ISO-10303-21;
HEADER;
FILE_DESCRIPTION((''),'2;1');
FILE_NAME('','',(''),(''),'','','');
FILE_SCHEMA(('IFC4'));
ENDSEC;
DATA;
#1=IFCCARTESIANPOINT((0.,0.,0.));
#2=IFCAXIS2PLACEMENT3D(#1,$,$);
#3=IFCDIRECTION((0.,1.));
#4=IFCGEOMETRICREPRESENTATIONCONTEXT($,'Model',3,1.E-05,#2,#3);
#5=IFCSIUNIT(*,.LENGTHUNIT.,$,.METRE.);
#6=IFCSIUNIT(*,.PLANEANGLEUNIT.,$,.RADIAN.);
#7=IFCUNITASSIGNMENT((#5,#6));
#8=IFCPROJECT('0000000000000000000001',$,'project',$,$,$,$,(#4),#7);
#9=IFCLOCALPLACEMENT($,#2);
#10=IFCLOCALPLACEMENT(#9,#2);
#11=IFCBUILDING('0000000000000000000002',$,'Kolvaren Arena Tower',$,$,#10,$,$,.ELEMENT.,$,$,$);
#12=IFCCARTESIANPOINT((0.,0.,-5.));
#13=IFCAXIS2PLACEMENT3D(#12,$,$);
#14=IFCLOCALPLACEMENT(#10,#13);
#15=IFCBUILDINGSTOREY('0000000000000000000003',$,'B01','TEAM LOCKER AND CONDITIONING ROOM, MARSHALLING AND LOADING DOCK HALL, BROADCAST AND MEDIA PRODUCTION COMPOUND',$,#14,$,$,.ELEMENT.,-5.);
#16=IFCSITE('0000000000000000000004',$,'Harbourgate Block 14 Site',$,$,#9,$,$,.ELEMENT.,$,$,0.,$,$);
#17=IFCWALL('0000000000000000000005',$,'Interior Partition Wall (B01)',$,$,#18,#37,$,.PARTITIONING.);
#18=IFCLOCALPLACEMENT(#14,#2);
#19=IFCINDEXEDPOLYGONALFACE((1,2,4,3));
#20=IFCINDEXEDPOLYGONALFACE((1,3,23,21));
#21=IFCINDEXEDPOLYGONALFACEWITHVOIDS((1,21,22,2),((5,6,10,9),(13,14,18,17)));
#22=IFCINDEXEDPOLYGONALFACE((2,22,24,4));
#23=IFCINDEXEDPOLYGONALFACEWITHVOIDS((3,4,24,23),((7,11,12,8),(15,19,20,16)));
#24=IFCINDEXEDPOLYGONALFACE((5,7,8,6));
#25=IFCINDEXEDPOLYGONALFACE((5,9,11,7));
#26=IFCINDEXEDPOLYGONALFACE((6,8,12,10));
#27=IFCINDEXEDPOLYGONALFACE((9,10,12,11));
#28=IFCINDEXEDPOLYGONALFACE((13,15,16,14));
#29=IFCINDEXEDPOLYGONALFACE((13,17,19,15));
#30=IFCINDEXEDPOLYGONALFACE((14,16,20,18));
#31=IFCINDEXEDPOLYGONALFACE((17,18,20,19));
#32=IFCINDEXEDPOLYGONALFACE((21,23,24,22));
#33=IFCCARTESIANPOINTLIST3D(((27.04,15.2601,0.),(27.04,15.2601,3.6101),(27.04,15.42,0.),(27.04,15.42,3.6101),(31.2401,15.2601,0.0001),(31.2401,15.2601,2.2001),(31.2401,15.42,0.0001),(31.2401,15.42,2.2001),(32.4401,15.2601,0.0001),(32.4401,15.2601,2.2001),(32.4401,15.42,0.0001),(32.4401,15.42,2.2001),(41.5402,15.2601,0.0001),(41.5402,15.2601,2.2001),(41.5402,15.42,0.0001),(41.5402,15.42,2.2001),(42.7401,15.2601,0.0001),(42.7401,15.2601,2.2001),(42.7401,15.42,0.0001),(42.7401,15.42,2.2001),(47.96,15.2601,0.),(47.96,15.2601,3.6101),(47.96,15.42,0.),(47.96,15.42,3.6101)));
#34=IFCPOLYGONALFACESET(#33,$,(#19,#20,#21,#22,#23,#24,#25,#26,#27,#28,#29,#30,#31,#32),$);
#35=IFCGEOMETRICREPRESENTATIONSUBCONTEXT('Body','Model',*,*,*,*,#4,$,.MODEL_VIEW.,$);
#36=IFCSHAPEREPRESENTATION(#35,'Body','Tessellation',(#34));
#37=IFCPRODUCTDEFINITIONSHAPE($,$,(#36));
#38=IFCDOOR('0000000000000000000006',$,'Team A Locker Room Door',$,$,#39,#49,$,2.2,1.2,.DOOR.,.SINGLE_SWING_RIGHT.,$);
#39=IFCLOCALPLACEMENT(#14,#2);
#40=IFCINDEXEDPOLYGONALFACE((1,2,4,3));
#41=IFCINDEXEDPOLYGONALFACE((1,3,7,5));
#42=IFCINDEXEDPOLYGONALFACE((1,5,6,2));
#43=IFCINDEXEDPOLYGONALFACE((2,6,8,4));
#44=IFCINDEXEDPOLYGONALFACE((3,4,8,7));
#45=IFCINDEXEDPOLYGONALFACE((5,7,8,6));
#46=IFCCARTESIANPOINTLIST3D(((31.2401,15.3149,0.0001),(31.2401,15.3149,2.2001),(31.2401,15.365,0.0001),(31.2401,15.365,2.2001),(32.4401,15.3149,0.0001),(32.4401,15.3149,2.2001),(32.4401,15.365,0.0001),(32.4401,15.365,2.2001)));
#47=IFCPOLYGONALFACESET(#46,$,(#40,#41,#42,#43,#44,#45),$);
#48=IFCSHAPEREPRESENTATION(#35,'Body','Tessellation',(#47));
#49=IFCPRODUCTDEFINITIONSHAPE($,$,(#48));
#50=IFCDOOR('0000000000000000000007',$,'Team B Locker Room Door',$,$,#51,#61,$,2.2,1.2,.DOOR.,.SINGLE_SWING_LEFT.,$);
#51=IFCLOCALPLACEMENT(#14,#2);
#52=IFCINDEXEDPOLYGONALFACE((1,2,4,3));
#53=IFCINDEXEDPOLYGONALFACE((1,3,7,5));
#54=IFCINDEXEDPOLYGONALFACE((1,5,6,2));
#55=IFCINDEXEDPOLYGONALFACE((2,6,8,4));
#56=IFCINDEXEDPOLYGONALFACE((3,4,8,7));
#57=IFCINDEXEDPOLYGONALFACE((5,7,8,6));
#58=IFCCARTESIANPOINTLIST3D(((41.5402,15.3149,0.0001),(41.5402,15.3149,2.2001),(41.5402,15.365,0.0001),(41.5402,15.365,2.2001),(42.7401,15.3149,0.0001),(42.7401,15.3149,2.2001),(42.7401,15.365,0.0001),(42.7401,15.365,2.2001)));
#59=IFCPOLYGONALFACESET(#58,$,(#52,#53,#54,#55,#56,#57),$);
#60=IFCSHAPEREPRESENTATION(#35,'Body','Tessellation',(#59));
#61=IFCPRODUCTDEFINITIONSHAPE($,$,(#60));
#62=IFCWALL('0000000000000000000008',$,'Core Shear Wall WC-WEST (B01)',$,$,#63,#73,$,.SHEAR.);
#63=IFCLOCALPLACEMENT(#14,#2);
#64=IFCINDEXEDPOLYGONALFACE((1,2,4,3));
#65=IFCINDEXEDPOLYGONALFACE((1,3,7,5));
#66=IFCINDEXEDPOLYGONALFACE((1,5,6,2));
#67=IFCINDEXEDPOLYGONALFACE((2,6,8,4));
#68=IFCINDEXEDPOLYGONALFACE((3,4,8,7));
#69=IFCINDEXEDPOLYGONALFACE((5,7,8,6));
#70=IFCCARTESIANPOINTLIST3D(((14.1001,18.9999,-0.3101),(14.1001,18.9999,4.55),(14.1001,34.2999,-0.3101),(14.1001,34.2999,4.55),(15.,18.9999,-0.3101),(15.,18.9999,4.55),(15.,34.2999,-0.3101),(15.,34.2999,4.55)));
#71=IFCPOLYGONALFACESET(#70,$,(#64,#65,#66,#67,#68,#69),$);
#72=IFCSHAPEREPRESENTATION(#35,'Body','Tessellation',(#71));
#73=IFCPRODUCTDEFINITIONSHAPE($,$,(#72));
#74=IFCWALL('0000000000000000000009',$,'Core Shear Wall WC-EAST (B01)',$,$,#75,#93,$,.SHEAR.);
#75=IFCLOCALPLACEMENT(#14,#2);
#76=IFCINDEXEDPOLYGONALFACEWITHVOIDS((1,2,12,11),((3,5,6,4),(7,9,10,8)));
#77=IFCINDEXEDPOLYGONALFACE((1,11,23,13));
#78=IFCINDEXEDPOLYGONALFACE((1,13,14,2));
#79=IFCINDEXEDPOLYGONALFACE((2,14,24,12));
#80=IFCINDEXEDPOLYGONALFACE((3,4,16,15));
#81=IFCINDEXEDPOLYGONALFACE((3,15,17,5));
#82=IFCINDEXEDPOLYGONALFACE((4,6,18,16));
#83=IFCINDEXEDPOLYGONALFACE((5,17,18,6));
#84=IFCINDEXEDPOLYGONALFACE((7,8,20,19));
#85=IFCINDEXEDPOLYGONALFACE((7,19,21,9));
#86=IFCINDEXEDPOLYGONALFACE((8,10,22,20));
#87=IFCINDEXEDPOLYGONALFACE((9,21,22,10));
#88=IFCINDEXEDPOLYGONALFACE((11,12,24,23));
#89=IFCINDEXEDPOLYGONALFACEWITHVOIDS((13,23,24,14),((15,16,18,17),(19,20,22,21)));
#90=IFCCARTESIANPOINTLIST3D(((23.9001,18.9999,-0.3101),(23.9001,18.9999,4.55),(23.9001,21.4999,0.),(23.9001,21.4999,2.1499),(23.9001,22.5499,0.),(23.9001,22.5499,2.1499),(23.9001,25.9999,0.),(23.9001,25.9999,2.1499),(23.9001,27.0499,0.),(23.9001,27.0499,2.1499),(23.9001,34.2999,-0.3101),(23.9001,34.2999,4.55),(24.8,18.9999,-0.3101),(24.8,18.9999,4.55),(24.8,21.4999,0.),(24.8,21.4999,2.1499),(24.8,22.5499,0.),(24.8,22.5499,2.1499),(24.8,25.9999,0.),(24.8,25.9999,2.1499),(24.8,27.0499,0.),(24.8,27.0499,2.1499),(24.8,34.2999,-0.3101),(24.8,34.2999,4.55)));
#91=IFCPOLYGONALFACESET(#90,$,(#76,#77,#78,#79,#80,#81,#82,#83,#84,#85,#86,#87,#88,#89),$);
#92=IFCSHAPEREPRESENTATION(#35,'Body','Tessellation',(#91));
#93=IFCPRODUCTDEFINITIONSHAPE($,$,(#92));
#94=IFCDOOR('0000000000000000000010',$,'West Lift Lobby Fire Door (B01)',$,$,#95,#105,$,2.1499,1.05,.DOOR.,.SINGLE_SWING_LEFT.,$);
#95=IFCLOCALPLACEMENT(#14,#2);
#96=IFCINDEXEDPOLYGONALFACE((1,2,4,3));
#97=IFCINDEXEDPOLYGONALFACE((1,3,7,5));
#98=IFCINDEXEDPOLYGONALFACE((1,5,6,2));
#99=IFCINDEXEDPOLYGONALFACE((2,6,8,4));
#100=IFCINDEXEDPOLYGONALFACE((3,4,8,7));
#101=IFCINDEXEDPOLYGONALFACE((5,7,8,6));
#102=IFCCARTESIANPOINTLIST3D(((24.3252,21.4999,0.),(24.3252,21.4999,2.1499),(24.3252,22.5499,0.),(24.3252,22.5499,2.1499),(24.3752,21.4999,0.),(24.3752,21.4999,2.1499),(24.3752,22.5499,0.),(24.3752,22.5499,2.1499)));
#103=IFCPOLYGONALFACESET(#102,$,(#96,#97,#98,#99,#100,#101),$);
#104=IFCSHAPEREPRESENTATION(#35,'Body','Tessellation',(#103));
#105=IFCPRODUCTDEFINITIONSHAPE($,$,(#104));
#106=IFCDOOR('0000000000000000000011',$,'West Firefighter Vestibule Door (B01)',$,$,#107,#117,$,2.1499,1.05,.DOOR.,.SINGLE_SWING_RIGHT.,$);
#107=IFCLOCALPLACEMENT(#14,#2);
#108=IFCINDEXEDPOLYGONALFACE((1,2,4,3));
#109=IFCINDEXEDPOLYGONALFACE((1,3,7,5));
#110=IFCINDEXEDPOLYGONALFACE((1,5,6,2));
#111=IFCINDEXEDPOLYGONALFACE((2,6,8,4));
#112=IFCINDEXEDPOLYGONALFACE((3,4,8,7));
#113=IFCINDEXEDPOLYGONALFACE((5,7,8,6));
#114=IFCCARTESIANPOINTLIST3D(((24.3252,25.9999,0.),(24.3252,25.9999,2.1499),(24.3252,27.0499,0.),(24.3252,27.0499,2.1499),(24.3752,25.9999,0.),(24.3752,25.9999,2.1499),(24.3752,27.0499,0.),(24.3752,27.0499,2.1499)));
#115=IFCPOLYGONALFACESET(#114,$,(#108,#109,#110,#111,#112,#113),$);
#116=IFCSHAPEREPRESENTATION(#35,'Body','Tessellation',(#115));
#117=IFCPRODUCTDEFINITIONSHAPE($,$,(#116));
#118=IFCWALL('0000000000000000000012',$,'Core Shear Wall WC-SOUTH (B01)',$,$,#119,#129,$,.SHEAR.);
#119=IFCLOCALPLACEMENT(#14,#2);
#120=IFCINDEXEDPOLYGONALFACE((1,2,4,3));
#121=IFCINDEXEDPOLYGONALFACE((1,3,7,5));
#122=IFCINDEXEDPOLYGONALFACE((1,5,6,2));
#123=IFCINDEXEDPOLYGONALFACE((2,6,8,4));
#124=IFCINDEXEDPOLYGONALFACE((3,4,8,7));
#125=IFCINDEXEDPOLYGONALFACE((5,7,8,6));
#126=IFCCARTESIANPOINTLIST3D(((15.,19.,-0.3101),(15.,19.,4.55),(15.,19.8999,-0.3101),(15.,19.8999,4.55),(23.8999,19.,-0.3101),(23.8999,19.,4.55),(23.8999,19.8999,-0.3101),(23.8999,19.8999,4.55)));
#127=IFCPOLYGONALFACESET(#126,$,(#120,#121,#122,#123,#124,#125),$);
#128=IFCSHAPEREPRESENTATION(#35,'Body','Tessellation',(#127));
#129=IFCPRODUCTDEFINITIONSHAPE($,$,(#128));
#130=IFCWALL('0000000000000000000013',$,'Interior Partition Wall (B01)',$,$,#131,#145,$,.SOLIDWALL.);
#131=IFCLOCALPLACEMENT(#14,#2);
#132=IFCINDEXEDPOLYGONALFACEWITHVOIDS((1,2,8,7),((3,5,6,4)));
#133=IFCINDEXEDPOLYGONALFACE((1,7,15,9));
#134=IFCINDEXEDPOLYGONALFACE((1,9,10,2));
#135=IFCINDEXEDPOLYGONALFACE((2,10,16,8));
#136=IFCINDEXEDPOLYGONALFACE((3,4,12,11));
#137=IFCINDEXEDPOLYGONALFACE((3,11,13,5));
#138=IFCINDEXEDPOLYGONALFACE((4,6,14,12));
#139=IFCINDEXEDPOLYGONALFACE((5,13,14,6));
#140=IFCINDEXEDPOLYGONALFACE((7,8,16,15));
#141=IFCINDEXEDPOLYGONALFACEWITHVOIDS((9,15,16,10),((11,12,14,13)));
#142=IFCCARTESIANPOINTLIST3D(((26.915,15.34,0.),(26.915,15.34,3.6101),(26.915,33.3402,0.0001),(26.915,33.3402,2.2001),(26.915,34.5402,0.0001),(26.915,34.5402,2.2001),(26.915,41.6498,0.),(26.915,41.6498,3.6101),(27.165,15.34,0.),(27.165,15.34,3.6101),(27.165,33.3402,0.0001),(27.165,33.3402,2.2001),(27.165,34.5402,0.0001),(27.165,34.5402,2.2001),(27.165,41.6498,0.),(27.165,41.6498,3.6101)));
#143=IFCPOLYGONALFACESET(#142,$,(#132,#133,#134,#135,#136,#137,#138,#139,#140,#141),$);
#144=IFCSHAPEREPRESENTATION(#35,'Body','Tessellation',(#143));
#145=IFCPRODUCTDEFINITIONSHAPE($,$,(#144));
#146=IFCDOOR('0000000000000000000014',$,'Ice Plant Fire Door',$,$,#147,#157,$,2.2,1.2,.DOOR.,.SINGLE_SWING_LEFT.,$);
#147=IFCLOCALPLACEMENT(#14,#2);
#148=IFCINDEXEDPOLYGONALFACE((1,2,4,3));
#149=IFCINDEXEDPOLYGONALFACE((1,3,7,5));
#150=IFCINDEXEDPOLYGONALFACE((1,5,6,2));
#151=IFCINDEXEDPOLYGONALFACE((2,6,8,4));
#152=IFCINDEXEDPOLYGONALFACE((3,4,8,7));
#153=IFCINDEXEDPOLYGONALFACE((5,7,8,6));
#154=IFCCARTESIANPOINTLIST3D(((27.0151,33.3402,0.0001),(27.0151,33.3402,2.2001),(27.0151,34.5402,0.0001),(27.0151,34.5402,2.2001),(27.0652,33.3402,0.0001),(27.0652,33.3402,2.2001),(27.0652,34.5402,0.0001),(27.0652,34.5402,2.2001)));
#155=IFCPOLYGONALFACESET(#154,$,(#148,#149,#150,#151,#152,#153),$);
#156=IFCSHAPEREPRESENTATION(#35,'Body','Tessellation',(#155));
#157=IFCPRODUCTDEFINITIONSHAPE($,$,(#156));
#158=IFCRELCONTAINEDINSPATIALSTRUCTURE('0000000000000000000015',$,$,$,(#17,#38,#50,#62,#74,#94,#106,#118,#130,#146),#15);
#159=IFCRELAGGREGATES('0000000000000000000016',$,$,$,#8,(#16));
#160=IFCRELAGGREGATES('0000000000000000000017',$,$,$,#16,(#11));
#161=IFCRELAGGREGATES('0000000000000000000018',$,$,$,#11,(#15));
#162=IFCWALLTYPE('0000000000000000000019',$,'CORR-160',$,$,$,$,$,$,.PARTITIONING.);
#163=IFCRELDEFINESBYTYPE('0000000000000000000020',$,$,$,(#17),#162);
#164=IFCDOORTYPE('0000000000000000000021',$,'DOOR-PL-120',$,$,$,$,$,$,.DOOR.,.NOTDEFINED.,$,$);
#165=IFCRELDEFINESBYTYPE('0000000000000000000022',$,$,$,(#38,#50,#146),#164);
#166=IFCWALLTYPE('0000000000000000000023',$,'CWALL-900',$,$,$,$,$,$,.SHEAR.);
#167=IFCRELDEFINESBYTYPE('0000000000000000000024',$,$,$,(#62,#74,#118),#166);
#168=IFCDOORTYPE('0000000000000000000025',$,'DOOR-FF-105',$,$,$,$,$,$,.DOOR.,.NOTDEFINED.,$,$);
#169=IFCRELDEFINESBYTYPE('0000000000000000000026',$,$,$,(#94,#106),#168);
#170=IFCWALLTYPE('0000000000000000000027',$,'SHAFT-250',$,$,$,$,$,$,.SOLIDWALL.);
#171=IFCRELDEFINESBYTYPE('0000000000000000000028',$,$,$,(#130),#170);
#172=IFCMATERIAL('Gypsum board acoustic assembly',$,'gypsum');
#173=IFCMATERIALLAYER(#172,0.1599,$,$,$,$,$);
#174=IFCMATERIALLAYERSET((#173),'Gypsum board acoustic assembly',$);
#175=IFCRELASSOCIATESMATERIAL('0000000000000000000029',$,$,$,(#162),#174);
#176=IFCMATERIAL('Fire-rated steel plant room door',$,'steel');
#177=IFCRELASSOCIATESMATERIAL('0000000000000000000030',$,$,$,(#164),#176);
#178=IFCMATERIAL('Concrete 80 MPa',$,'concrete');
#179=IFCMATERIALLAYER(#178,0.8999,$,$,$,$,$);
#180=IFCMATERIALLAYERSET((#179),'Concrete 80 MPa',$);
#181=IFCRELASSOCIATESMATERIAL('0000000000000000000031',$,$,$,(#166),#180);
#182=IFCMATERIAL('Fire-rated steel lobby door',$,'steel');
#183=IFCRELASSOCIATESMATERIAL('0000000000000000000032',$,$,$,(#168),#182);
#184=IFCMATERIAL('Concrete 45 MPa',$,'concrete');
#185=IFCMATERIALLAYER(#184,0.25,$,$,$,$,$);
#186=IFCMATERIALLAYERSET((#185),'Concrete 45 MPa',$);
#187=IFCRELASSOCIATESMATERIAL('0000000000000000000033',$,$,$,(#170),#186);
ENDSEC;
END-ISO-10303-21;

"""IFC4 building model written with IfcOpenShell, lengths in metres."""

from ifc_helpers import new_model, si_unit, direction, frame, frame_2d, origin, place, context, subcontext, project, spatial, rectangle, extrude, material, layer, layer_set, type_object, element, fill, save


model = new_model("IFC4")

# Units and contexts
model_context = context("Model", 3, precision=1e-05, world=origin(), true_north=direction((0.0, 1.0)))
body_context = subcontext(model_context, "Body", "Model", "MODEL_VIEW")
ifc_project = project(units=[si_unit("LENGTHUNIT", "METRE"), si_unit("PLANEANGLEUNIT", "RADIAN")], contexts=[model_context])

# Site, building, storey
site_placement = place(None, origin())
site = spatial("IfcSite", under=ifc_project, at=site_placement, Name="Harbourgate Block 14 Site", CompositionType="ELEMENT", RefElevation=0.0)
building_placement = place(site_placement, origin())
building = spatial("IfcBuilding", under=site, at=building_placement, Name="Kolvaren Arena Tower", CompositionType="ELEMENT")
storey_placement = place(building_placement, frame((0.0, 0.0, -5.0)))
storey = spatial("IfcBuildingStorey", under=building, at=storey_placement, Name="B01", Description="TEAM LOCKER AND CONDITIONING ROOM, MARSHALLING AND LOADING DOCK HALL, BROADCAST AND MEDIA PRODUCTION COMPOUND", CompositionType="ELEMENT", Elevation=-5.0)

# Wall, openings, doors
ifc_material_1 = material(Name="Gypsum board acoustic assembly", Category="gypsum")
ifc_layer_1 = layer(ifc_material_1, 0.1599)
ifc_layer_set_1 = layer_set([ifc_layer_1], Name="Gypsum board acoustic assembly")
wall_type_1 = type_object("IfcWallType", Name="CORR-160", PredefinedType="PARTITIONING", material=ifc_layer_set_1)
wall_1_placement = place(storey_placement, frame((27.04, 15.3401, 0.0), z_axis=(0.0, 0.0, 1.0), x_axis=(1.0, 0.0, 0.0)))
wall_1 = element("IfcWall", 1, at=wall_1_placement, inside=storey, type_object=wall_type_1, Name="Interior Partition Wall (B01)", PredefinedType="PARTITIONING", context=body_context, shape_type="SweptSolid", body=[
    extrude(rectangle(XDim=20.9199, YDim=0.1599, at=frame_2d((10.46, 0.0))), origin(), (0.0, 0.0, 1.0), 3.6101),
])
opening_1_placement = place(wall_1_placement, frame((4.2, 0.0, 0.0)))
opening_1 = element("IfcOpeningElement", 2, at=opening_1_placement, cuts=wall_1, PredefinedType="OPENING", context=body_context, shape_type="SweptSolid", body=[
    extrude(rectangle(XDim=1.2, YDim=2.2, at=frame_2d((0.6001, 1.1001))), frame((0.0, 0.0898, 0.0), z_axis=(0.0, -1.0, 0.0), x_axis=(1.0, 0.0, 0.0)), (0.0, 0.0, 1.0), 0.1799),
])
opening_2_placement = place(wall_1_placement, frame((14.5, 0.0, 0.0)))
opening_2 = element("IfcOpeningElement", 3, at=opening_2_placement, cuts=wall_1, PredefinedType="OPENING", context=body_context, shape_type="SweptSolid", body=[
    extrude(rectangle(XDim=1.2, YDim=2.2, at=frame_2d((0.6001, 1.1001))), frame((0.0, 0.0898, 0.0), z_axis=(0.0, -1.0, 0.0), x_axis=(1.0, 0.0, 0.0)), (0.0, 0.0, 1.0), 0.1799),
])
ifc_material_2 = material(Name="Fire-rated steel plant room door", Category="steel")
door_type_1 = type_object("IfcDoorType", Name="DOOR-PL-120", OperationType="NOTDEFINED", PredefinedType="DOOR", material=ifc_material_2)
door_1_placement = place(opening_1_placement, origin())
door_1 = element("IfcDoor", 4, at=door_1_placement, inside=storey, type_object=door_type_1, Name="Team A Locker Room Door", OperationType="SINGLE_SWING_RIGHT", OverallHeight=2.2, OverallWidth=1.2, PredefinedType="DOOR", context=body_context, shape_type="SweptSolid", body=[
    extrude(rectangle(XDim=1.2, YDim=2.2, at=frame_2d((0.6001, 1.1001))), frame((0.0, 0.0249, 0.0), z_axis=(0.0, -1.0, 0.0), x_axis=(1.0, 0.0, 0.0)), (0.0, 0.0, 1.0), 0.05),
])
fill(opening_1, door_1)
door_2_placement = place(opening_2_placement, origin())
door_2 = element("IfcDoor", 5, at=door_2_placement, inside=storey, type_object=door_type_1, Name="Team B Locker Room Door", OperationType="SINGLE_SWING_LEFT", OverallHeight=2.2, OverallWidth=1.2, PredefinedType="DOOR", context=body_context, shape_type="SweptSolid", body=[
    extrude(rectangle(XDim=1.2, YDim=2.2, at=frame_2d((0.6001, 1.1001))), frame((0.0, 0.0249, 0.0), z_axis=(0.0, -1.0, 0.0), x_axis=(1.0, 0.0, 0.0)), (0.0, 0.0, 1.0), 0.05),
])
fill(opening_2, door_2)

# Wall
ifc_material_3 = material(Name="Concrete 80 MPa", Category="concrete")
ifc_layer_2 = layer(ifc_material_3, 0.8999)
ifc_layer_set_2 = layer_set([ifc_layer_2], Name="Concrete 80 MPa")
wall_type_2 = type_object("IfcWallType", Name="CWALL-900", PredefinedType="SHEAR", material=ifc_layer_set_2)
wall_2_placement = place(storey_placement, frame((14.55, 19.0, -0.3101), z_axis=(0.0, 0.0, 1.0), x_axis=(0.0, 1.0, 0.0)))
element("IfcWall", 6, at=wall_2_placement, inside=storey, type_object=wall_type_2, Name="Core Shear Wall WC-WEST (B01)", PredefinedType="SHEAR", context=body_context, shape_type="SweptSolid", body=[
    extrude(rectangle(XDim=15.3, YDim=0.8999, at=frame_2d((7.6499, 0.0))), origin(), (0.0, 0.0, 1.0), 4.8601),
])

# Wall, openings, doors
wall_3_placement = place(storey_placement, frame((24.3501, 19.0, -0.3101), z_axis=(0.0, 0.0, 1.0), x_axis=(0.0, 1.0, 0.0)))
wall_3 = element("IfcWall", 7, at=wall_3_placement, inside=storey, type_object=wall_type_2, Name="Core Shear Wall WC-EAST (B01)", PredefinedType="SHEAR", context=body_context, shape_type="SweptSolid", body=[
    extrude(rectangle(XDim=15.3, YDim=0.8999, at=frame_2d((7.6499, 0.0))), origin(), (0.0, 0.0, 1.0), 4.8601),
])
opening_3_placement = place(wall_3_placement, frame((2.5, 0.0, 0.3101)))
opening_3 = element("IfcOpeningElement", 8, at=opening_3_placement, cuts=wall_3, PredefinedType="OPENING", context=body_context, shape_type="SweptSolid", body=[
    extrude(rectangle(XDim=1.05, YDim=2.1499, at=frame_2d((0.5249, 1.075))), frame((0.0, 0.46, 0.0), z_axis=(0.0, -1.0, 0.0), x_axis=(1.0, 0.0, 0.0)), (0.0, 0.0, 1.0), 0.9199),
])
opening_4_placement = place(wall_3_placement, frame((7.0, 0.0, 0.3101)))
opening_4 = element("IfcOpeningElement", 9, at=opening_4_placement, cuts=wall_3, PredefinedType="OPENING", context=body_context, shape_type="SweptSolid", body=[
    extrude(rectangle(XDim=1.05, YDim=2.1499, at=frame_2d((0.5249, 1.075))), frame((0.0, 0.46, 0.0), z_axis=(0.0, -1.0, 0.0), x_axis=(1.0, 0.0, 0.0)), (0.0, 0.0, 1.0), 0.9199),
])
ifc_material_4 = material(Name="Fire-rated steel lobby door", Category="steel")
door_type_2 = type_object("IfcDoorType", Name="DOOR-FF-105", OperationType="NOTDEFINED", PredefinedType="DOOR", material=ifc_material_4)
door_3_placement = place(opening_3_placement, origin())
door_3 = element("IfcDoor", 10, at=door_3_placement, inside=storey, type_object=door_type_2, Name="West Lift Lobby Fire Door (B01)", OperationType="SINGLE_SWING_LEFT", OverallHeight=2.1499, OverallWidth=1.05, PredefinedType="DOOR", context=body_context, shape_type="SweptSolid", body=[
    extrude(rectangle(XDim=1.05, YDim=2.1499, at=frame_2d((0.5249, 1.075))), frame((0.0, 0.0249, 0.0), z_axis=(0.0, -1.0, 0.0), x_axis=(1.0, 0.0, 0.0)), (0.0, 0.0, 1.0), 0.05),
])
fill(opening_3, door_3)
door_4_placement = place(opening_4_placement, origin())
door_4 = element("IfcDoor", 11, at=door_4_placement, inside=storey, type_object=door_type_2, Name="West Firefighter Vestibule Door (B01)", OperationType="SINGLE_SWING_RIGHT", OverallHeight=2.1499, OverallWidth=1.05, PredefinedType="DOOR", context=body_context, shape_type="SweptSolid", body=[
    extrude(rectangle(XDim=1.05, YDim=2.1499, at=frame_2d((0.5249, 1.075))), frame((0.0, 0.0249, 0.0), z_axis=(0.0, -1.0, 0.0), x_axis=(1.0, 0.0, 0.0)), (0.0, 0.0, 1.0), 0.05),
])
fill(opening_4, door_4)

# Wall
wall_4_placement = place(storey_placement, frame((15.0, 19.45, -0.3101), z_axis=(0.0, 0.0, 1.0), x_axis=(1.0, 0.0, 0.0)))
element("IfcWall", 12, at=wall_4_placement, inside=storey, type_object=wall_type_2, Name="Core Shear Wall WC-SOUTH (B01)", PredefinedType="SHEAR", context=body_context, shape_type="SweptSolid", body=[
    extrude(rectangle(XDim=8.8999, YDim=0.8999, at=frame_2d((4.45, 0.0))), origin(), (0.0, 0.0, 1.0), 4.8601),
])

# Wall, opening, door
ifc_material_5 = material(Name="Concrete 45 MPa", Category="concrete")
ifc_layer_3 = layer(ifc_material_5, 0.25)
ifc_layer_set_3 = layer_set([ifc_layer_3], Name="Concrete 45 MPa")
wall_type_3 = type_object("IfcWallType", Name="SHAFT-250", PredefinedType="SOLIDWALL", material=ifc_layer_set_3)
wall_5_placement = place(storey_placement, frame((27.04, 15.3401, 0.0), z_axis=(0.0, 0.0, 1.0), x_axis=(0.0, 1.0, 0.0)))
wall_5 = element("IfcWall", 13, at=wall_5_placement, inside=storey, type_object=wall_type_3, Name="Interior Partition Wall (B01)", PredefinedType="SOLIDWALL", context=body_context, shape_type="SweptSolid", body=[
    extrude(rectangle(XDim=26.3098, YDim=0.25, at=frame_2d((13.1548, 0.0))), origin(), (0.0, 0.0, 1.0), 3.6101),
])
opening_5_placement = place(wall_5_placement, frame((18.0, 0.0, 0.0)))
opening_5 = element("IfcOpeningElement", 14, at=opening_5_placement, cuts=wall_5, PredefinedType="OPENING", context=body_context, shape_type="SweptSolid", body=[
    extrude(rectangle(XDim=1.2, YDim=2.2, at=frame_2d((0.6001, 1.1001))), frame((0.0, 0.135, 0.0), z_axis=(0.0, -1.0, 0.0), x_axis=(1.0, 0.0, 0.0)), (0.0, 0.0, 1.0), 0.27),
])
door_5_placement = place(opening_5_placement, origin())
door_5 = element("IfcDoor", 15, at=door_5_placement, inside=storey, type_object=door_type_1, Name="Ice Plant Fire Door", OperationType="SINGLE_SWING_LEFT", OverallHeight=2.2, OverallWidth=1.2, PredefinedType="DOOR", context=body_context, shape_type="SweptSolid", body=[
    extrude(rectangle(XDim=1.2, YDim=2.2, at=frame_2d((0.6001, 1.1001))), frame((0.0, 0.0249, 0.0), z_axis=(0.0, -1.0, 0.0), x_axis=(1.0, 0.0, 0.0)), (0.0, 0.0, 1.0), 0.05),
])
fill(opening_5, door_5)

save(model, "model.ifc")
